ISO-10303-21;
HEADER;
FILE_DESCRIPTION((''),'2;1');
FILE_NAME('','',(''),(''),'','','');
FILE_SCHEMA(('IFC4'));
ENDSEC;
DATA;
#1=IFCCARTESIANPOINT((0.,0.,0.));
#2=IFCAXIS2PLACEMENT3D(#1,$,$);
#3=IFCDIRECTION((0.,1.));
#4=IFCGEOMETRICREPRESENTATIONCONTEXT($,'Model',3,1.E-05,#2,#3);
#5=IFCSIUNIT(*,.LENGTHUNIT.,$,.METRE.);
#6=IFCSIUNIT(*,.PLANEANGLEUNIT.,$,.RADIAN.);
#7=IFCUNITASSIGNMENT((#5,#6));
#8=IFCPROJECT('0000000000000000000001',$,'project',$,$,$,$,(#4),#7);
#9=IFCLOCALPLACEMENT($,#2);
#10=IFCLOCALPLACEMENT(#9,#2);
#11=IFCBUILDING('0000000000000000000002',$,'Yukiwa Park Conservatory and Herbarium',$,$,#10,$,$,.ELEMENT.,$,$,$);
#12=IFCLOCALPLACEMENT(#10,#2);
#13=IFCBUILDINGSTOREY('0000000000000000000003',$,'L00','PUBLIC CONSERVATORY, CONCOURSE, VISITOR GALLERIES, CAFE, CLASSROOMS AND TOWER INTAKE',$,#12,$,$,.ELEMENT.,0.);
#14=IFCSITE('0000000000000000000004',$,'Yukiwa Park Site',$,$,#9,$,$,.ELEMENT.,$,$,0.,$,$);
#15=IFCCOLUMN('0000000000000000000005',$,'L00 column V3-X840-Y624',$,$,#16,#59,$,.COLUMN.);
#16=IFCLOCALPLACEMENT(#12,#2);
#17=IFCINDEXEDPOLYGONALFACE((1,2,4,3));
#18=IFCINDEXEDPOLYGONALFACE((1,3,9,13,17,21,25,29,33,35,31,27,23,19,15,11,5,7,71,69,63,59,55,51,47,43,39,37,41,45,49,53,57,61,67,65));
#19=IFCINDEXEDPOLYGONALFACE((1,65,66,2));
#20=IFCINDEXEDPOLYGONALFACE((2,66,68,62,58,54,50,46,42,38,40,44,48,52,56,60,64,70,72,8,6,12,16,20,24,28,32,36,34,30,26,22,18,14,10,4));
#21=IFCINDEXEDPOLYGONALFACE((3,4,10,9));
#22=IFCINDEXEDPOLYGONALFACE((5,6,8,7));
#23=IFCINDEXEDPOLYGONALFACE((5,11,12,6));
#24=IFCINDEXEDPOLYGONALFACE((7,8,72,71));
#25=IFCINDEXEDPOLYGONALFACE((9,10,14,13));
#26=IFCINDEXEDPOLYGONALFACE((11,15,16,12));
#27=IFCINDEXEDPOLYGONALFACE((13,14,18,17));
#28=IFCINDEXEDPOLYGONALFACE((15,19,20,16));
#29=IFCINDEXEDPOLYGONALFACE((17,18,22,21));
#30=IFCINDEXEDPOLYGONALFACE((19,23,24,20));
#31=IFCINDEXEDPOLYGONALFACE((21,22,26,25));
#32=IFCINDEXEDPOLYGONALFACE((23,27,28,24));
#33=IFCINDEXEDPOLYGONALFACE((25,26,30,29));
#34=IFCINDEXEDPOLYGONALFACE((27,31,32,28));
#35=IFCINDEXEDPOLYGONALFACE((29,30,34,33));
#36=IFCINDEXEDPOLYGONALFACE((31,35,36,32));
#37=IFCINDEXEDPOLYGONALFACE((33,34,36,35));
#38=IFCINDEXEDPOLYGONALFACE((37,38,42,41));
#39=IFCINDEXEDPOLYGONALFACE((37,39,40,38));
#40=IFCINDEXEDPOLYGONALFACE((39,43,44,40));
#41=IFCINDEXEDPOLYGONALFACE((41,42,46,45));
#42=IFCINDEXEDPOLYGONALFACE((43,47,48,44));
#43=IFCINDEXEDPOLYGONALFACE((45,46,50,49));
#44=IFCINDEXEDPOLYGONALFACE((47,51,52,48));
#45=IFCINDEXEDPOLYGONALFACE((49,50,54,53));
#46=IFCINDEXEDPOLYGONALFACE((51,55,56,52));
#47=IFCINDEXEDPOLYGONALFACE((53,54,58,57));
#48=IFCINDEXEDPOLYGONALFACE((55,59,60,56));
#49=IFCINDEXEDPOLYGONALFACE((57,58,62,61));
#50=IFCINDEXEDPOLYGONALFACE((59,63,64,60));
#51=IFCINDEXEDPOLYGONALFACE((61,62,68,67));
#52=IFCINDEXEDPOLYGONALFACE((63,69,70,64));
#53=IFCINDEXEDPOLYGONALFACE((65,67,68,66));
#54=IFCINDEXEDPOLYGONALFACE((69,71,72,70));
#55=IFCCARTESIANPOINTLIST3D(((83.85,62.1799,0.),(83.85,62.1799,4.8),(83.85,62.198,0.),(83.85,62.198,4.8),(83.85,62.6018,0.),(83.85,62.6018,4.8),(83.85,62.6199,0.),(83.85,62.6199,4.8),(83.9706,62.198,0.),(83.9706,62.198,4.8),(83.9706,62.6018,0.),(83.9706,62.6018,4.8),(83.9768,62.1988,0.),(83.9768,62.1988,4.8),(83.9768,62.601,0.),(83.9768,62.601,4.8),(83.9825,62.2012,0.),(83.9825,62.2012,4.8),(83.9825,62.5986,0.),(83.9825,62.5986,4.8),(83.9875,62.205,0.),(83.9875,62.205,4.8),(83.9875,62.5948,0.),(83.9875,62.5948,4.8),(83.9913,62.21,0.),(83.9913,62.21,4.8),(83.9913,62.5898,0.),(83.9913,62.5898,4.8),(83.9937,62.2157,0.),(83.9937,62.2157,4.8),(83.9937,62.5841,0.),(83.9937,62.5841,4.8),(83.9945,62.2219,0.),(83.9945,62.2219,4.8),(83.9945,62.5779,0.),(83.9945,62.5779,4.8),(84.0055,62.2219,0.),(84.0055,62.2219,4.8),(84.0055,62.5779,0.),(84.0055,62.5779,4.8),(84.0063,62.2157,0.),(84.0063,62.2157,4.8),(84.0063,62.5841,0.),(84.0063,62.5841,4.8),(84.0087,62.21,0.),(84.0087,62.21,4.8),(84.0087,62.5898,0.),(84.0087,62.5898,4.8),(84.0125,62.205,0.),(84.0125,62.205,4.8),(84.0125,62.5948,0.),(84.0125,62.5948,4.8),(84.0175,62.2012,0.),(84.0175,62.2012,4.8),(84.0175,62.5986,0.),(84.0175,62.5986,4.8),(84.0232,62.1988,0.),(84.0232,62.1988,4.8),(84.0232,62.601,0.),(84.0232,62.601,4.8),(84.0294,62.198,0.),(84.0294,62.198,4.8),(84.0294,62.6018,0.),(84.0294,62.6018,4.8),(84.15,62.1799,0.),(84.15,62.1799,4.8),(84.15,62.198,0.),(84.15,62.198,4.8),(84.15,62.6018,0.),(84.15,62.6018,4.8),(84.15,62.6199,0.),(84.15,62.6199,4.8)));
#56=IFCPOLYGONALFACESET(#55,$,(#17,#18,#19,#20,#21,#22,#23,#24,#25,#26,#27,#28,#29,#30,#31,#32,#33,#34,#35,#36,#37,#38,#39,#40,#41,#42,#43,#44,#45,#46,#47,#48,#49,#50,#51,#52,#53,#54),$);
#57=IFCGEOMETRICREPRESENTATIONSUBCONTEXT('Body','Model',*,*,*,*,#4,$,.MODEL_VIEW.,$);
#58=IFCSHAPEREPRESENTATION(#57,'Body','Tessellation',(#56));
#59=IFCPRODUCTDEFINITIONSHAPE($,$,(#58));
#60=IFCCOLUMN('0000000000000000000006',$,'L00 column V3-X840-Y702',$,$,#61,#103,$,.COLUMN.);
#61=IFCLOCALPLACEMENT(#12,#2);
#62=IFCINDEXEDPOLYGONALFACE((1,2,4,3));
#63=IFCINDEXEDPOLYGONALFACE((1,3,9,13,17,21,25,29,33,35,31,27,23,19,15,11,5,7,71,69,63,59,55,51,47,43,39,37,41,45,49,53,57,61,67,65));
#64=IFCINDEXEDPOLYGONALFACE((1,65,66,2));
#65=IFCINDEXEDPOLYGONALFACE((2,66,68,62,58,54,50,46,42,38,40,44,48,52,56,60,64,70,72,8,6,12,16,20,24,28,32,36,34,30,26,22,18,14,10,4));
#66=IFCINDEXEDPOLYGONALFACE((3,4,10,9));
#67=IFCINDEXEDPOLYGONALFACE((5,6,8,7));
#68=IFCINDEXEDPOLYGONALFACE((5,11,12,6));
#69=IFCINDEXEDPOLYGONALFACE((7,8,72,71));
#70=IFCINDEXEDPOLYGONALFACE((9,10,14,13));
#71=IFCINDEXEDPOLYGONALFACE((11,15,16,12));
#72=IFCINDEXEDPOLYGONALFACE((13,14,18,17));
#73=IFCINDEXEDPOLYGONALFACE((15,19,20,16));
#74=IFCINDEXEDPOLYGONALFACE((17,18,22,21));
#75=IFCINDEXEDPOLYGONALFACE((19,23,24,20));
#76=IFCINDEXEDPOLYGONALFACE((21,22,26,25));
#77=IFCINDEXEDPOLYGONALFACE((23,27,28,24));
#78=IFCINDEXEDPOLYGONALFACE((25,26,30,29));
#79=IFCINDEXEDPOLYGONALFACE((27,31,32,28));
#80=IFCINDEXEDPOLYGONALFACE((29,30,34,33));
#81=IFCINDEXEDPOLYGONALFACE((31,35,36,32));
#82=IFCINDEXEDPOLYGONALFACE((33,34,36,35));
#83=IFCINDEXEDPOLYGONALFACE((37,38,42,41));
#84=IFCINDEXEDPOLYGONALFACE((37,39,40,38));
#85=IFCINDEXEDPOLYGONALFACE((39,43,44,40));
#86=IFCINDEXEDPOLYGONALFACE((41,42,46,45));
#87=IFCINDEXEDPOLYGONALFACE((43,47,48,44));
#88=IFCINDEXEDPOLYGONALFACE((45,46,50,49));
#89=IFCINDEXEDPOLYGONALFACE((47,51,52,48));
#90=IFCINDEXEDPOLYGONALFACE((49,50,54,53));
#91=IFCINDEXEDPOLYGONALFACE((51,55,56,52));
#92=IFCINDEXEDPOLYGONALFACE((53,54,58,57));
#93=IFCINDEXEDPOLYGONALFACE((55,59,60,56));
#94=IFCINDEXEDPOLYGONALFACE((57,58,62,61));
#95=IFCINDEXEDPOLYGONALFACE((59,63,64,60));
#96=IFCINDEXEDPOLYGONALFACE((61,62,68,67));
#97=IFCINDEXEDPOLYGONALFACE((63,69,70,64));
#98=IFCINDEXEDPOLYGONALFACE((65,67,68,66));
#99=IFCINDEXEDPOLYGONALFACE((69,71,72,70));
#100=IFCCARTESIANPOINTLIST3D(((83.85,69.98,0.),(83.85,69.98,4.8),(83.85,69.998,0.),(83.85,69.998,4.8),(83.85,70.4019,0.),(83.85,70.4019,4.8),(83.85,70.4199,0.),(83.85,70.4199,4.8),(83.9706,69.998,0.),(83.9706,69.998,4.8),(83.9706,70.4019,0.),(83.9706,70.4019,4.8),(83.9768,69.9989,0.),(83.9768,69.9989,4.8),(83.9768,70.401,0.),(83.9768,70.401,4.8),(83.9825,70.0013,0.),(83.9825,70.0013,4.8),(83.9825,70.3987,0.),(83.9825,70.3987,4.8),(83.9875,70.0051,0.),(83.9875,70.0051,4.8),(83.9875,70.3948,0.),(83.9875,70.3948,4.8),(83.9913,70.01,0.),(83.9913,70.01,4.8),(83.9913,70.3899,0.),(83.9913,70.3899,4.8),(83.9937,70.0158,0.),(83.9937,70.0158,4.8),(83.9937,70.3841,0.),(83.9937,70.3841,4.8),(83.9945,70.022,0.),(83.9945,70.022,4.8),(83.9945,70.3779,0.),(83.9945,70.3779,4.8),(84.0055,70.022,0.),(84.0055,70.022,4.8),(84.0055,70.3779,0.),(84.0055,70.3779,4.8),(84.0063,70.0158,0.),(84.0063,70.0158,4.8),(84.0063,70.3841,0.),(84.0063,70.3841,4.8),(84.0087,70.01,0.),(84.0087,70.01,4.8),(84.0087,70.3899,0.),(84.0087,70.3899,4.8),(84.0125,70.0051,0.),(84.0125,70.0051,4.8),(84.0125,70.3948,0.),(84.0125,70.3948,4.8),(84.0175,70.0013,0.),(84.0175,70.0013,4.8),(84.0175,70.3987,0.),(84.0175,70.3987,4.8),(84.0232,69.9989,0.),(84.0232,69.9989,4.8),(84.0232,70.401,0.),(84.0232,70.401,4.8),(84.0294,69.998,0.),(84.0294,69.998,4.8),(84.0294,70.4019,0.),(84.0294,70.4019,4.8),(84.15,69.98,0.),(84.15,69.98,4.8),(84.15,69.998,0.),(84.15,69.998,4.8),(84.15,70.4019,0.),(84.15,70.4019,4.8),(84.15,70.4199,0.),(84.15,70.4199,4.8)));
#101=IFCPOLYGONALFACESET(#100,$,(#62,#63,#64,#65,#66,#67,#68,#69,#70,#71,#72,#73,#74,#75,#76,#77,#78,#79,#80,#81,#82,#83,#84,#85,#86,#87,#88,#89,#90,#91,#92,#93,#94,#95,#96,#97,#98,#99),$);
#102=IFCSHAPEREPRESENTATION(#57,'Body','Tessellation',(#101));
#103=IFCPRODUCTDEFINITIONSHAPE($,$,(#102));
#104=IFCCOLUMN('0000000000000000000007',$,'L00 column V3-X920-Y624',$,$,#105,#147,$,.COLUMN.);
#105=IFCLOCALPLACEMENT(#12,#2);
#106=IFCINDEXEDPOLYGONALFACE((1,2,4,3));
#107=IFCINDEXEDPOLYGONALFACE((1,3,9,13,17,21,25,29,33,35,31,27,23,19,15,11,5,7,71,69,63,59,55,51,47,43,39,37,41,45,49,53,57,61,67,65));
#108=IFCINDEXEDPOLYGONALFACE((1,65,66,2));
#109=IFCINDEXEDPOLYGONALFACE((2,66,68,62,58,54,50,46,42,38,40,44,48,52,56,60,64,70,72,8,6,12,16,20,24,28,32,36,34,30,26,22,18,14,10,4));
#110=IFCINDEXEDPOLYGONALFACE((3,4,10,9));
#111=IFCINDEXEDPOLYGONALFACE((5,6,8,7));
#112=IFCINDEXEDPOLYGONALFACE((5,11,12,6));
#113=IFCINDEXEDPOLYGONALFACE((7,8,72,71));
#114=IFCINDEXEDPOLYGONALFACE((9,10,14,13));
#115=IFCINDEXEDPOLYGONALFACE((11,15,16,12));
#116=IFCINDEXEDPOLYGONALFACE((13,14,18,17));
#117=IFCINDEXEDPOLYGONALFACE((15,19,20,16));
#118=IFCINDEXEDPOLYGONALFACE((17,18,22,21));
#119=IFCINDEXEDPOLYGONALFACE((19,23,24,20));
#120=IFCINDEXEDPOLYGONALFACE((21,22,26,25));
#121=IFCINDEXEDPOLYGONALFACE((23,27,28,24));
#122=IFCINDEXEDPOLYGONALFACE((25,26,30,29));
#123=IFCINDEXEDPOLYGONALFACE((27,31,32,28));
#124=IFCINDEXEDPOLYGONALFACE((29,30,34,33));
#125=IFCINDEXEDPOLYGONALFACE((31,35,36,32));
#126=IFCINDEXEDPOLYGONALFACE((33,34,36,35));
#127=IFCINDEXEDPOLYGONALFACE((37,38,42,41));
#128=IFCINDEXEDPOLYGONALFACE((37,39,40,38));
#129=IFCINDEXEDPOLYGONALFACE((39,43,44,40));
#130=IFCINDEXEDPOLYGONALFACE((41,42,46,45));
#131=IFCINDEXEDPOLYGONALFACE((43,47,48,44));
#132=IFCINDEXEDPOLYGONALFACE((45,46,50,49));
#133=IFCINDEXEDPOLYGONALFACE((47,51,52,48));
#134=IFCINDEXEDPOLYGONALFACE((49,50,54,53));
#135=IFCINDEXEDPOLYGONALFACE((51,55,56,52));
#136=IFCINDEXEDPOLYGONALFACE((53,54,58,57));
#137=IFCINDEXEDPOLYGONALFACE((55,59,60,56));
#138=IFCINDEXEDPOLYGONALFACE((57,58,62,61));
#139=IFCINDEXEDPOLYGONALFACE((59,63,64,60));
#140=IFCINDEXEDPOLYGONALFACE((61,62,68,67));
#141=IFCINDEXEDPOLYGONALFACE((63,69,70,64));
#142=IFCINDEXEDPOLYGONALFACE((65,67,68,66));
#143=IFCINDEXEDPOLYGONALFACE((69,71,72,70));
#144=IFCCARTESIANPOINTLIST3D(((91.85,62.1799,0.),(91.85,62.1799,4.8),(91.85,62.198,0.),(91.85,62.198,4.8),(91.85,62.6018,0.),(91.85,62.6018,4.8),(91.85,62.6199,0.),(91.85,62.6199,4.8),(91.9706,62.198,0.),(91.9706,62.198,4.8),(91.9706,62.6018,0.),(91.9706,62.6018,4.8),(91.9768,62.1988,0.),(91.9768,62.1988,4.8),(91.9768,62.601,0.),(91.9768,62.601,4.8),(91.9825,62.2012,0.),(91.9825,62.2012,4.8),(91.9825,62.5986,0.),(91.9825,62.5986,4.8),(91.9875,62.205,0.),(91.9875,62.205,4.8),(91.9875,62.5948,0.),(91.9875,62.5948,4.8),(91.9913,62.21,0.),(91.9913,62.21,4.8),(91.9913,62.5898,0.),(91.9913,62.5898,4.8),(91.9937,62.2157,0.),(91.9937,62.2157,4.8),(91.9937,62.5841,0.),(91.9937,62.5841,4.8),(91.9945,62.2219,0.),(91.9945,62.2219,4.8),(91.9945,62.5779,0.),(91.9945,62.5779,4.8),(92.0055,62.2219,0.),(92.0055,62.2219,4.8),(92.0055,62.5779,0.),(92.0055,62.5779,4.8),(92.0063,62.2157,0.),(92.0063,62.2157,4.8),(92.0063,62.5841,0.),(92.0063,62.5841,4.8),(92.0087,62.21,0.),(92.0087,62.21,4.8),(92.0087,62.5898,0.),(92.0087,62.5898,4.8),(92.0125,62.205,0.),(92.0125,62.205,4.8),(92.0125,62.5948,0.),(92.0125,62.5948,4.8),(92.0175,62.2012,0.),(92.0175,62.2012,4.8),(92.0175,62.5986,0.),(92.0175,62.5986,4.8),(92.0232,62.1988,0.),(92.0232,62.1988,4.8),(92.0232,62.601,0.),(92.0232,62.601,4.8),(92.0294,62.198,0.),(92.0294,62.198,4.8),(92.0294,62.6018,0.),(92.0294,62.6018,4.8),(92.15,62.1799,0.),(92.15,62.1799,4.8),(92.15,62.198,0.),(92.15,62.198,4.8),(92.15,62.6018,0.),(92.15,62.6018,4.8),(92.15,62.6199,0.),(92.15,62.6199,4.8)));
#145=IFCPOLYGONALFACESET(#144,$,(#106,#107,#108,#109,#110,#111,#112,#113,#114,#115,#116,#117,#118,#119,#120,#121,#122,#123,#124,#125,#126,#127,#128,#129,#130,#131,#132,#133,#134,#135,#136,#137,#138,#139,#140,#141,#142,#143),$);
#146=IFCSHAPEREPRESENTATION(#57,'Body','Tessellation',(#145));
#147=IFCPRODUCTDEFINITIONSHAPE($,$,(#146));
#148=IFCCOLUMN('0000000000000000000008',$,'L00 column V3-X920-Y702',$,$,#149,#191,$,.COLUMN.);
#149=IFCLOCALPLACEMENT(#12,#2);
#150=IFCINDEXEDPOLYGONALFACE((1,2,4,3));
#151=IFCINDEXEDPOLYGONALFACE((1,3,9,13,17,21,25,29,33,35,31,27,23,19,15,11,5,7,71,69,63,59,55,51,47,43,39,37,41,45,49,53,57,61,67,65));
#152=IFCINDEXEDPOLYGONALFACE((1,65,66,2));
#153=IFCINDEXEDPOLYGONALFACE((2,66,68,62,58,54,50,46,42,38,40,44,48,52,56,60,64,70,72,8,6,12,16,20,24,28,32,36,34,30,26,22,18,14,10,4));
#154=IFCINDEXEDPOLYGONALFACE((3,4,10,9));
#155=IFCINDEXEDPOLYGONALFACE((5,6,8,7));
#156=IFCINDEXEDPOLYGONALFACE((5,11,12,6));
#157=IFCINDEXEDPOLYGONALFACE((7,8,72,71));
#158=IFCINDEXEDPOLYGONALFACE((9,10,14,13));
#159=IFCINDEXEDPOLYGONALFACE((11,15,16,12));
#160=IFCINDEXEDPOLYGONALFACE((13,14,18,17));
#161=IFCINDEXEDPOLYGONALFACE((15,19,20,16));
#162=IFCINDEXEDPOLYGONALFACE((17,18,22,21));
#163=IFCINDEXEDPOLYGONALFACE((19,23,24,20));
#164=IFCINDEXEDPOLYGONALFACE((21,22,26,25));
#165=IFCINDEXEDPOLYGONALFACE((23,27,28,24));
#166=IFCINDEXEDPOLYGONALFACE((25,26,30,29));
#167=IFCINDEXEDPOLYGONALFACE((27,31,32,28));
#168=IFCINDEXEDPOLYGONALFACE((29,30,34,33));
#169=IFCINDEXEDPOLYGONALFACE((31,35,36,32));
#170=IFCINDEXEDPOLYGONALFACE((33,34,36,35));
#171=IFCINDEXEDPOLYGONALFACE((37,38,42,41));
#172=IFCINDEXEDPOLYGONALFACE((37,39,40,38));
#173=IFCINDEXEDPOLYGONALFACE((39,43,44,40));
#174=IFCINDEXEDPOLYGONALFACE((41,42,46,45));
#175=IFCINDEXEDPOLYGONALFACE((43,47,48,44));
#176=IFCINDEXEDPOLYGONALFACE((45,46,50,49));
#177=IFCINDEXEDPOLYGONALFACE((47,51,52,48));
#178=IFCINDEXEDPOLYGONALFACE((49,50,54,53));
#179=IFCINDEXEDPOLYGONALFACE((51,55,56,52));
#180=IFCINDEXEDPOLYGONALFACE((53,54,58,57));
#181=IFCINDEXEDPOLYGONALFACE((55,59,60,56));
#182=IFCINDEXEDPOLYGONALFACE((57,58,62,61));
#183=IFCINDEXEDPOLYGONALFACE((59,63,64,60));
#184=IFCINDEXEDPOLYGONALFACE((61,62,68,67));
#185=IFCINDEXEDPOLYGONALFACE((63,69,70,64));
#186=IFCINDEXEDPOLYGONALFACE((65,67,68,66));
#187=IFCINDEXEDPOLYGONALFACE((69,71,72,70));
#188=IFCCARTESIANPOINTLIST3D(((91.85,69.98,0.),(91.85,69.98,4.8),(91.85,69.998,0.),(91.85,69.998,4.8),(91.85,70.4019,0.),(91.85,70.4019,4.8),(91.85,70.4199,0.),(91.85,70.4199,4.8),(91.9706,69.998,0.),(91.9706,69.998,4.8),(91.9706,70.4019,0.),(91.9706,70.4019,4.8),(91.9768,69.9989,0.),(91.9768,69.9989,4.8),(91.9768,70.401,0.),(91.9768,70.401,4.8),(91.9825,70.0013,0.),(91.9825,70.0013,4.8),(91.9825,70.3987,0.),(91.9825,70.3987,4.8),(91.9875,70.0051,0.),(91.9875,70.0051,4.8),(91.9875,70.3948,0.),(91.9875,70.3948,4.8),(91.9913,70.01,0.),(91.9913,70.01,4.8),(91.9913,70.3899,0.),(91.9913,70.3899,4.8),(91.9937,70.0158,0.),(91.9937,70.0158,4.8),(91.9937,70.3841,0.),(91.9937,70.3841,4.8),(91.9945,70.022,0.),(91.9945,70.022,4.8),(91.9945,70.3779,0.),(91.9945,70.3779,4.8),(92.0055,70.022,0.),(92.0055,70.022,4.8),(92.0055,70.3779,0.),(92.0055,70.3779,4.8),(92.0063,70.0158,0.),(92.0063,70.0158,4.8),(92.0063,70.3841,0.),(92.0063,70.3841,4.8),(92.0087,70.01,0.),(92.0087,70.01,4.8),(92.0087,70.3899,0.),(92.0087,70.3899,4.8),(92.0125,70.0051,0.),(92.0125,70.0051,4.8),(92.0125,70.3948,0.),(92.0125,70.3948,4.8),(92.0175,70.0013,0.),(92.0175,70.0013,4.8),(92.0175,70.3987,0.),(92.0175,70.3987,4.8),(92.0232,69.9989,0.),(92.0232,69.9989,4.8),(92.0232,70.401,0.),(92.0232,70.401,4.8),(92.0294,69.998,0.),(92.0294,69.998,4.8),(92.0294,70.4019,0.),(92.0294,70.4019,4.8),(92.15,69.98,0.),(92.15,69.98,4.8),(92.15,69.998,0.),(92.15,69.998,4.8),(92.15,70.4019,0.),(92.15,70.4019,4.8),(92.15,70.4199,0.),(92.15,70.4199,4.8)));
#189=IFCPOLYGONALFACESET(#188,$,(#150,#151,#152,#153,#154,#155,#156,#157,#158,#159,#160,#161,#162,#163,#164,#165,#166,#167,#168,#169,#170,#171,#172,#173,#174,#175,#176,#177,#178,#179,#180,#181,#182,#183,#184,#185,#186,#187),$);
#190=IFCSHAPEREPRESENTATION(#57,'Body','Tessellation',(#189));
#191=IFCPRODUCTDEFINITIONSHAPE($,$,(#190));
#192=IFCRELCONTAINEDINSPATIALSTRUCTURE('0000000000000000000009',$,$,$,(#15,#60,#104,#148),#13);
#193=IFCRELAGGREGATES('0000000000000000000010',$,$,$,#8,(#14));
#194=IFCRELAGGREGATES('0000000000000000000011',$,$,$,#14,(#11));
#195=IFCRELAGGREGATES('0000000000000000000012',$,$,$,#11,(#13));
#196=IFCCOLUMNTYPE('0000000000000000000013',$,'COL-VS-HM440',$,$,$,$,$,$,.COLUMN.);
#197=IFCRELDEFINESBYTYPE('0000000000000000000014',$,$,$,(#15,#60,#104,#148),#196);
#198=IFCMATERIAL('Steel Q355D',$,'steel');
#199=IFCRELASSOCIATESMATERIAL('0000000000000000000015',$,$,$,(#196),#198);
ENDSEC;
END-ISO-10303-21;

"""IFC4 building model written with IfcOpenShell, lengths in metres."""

from ifc_helpers import new_model, si_unit, direction, frame, origin, origin_2d, place, context, subcontext, project, spatial, i_section, extrude, material, material_profile, profile_set, type_object, element, save


model = new_model("IFC4")

# Units and contexts
model_context = context("Model", 3, precision=1e-05, world=origin(), true_north=direction((0.0, 1.0)))
body_context = subcontext(model_context, "Body", "Model", "MODEL_VIEW")
ifc_project = project(units=[si_unit("LENGTHUNIT", "METRE"), si_unit("PLANEANGLEUNIT", "RADIAN")], contexts=[model_context])

# Site, building, storey
site_placement = place(None, origin())
site = spatial("IfcSite", under=ifc_project, at=site_placement, Name="Yukiwa Park Site", CompositionType="ELEMENT", RefElevation=0.0)
building_placement = place(site_placement, origin())
building = spatial("IfcBuilding", under=site, at=building_placement, Name="Yukiwa Park Conservatory and Herbarium", CompositionType="ELEMENT")
storey_placement = place(building_placement, origin())
storey = spatial("IfcBuildingStorey", under=building, at=storey_placement, Name="L00", Description="PUBLIC CONSERVATORY, CONCOURSE, VISITOR GALLERIES, CAFE, CLASSROOMS AND TOWER INTAKE", CompositionType="ELEMENT", Elevation=0.0)

# Columns
ifc_material_1 = material(Name="Steel Q355D", Category="steel")
ifc_material_profile_1 = material_profile(ifc_material_1, i_section(OverallWidth=0.3, OverallDepth=0.4399, WebThickness=0.011, FlangeThickness=0.0181, FilletRadius=0.0239, at=origin_2d()), Name="HM 440x300x11x18")
ifc_profile_set_1 = profile_set([ifc_material_profile_1], Name="Steel Q355D")
column_type = type_object("IfcColumnType", Name="COL-VS-HM440", PredefinedType="COLUMN", material=ifc_profile_set_1)
for number, where, z_axis, x_axis, name in (
    (1, (84.0, 62.3999, 0.0), (0.0, 0.0, 1.0), (1.0, 0.0, 0.0), "L00 column V3-X840-Y624"),
    (2, (84.0, 70.2, 0.0), (0.0, 0.0, 1.0), (1.0, 0.0, 0.0), "L00 column V3-X840-Y702"),
    (3, (92.0, 62.3999, 0.0), (0.0, 0.0, 1.0), (1.0, 0.0, 0.0), "L00 column V3-X920-Y624"),
    (4, (92.0, 70.2, 0.0), (0.0, 0.0, 1.0), (1.0, 0.0, 0.0), "L00 column V3-X920-Y702"),
):
    element("IfcColumn", number, at=place(storey_placement, frame(where, z_axis=z_axis, x_axis=x_axis)), inside=storey, type_object=column_type, Name=name, PredefinedType="COLUMN", context=body_context, shape_type="SweptSolid", body=[
        extrude(i_section(OverallWidth=0.3, OverallDepth=0.4399, WebThickness=0.011, FlangeThickness=0.0181, FilletRadius=0.0239, at=origin_2d()), origin(), (0.0, 0.0, 1.0), 4.8),
    ])

save(model, "model.ifc")
